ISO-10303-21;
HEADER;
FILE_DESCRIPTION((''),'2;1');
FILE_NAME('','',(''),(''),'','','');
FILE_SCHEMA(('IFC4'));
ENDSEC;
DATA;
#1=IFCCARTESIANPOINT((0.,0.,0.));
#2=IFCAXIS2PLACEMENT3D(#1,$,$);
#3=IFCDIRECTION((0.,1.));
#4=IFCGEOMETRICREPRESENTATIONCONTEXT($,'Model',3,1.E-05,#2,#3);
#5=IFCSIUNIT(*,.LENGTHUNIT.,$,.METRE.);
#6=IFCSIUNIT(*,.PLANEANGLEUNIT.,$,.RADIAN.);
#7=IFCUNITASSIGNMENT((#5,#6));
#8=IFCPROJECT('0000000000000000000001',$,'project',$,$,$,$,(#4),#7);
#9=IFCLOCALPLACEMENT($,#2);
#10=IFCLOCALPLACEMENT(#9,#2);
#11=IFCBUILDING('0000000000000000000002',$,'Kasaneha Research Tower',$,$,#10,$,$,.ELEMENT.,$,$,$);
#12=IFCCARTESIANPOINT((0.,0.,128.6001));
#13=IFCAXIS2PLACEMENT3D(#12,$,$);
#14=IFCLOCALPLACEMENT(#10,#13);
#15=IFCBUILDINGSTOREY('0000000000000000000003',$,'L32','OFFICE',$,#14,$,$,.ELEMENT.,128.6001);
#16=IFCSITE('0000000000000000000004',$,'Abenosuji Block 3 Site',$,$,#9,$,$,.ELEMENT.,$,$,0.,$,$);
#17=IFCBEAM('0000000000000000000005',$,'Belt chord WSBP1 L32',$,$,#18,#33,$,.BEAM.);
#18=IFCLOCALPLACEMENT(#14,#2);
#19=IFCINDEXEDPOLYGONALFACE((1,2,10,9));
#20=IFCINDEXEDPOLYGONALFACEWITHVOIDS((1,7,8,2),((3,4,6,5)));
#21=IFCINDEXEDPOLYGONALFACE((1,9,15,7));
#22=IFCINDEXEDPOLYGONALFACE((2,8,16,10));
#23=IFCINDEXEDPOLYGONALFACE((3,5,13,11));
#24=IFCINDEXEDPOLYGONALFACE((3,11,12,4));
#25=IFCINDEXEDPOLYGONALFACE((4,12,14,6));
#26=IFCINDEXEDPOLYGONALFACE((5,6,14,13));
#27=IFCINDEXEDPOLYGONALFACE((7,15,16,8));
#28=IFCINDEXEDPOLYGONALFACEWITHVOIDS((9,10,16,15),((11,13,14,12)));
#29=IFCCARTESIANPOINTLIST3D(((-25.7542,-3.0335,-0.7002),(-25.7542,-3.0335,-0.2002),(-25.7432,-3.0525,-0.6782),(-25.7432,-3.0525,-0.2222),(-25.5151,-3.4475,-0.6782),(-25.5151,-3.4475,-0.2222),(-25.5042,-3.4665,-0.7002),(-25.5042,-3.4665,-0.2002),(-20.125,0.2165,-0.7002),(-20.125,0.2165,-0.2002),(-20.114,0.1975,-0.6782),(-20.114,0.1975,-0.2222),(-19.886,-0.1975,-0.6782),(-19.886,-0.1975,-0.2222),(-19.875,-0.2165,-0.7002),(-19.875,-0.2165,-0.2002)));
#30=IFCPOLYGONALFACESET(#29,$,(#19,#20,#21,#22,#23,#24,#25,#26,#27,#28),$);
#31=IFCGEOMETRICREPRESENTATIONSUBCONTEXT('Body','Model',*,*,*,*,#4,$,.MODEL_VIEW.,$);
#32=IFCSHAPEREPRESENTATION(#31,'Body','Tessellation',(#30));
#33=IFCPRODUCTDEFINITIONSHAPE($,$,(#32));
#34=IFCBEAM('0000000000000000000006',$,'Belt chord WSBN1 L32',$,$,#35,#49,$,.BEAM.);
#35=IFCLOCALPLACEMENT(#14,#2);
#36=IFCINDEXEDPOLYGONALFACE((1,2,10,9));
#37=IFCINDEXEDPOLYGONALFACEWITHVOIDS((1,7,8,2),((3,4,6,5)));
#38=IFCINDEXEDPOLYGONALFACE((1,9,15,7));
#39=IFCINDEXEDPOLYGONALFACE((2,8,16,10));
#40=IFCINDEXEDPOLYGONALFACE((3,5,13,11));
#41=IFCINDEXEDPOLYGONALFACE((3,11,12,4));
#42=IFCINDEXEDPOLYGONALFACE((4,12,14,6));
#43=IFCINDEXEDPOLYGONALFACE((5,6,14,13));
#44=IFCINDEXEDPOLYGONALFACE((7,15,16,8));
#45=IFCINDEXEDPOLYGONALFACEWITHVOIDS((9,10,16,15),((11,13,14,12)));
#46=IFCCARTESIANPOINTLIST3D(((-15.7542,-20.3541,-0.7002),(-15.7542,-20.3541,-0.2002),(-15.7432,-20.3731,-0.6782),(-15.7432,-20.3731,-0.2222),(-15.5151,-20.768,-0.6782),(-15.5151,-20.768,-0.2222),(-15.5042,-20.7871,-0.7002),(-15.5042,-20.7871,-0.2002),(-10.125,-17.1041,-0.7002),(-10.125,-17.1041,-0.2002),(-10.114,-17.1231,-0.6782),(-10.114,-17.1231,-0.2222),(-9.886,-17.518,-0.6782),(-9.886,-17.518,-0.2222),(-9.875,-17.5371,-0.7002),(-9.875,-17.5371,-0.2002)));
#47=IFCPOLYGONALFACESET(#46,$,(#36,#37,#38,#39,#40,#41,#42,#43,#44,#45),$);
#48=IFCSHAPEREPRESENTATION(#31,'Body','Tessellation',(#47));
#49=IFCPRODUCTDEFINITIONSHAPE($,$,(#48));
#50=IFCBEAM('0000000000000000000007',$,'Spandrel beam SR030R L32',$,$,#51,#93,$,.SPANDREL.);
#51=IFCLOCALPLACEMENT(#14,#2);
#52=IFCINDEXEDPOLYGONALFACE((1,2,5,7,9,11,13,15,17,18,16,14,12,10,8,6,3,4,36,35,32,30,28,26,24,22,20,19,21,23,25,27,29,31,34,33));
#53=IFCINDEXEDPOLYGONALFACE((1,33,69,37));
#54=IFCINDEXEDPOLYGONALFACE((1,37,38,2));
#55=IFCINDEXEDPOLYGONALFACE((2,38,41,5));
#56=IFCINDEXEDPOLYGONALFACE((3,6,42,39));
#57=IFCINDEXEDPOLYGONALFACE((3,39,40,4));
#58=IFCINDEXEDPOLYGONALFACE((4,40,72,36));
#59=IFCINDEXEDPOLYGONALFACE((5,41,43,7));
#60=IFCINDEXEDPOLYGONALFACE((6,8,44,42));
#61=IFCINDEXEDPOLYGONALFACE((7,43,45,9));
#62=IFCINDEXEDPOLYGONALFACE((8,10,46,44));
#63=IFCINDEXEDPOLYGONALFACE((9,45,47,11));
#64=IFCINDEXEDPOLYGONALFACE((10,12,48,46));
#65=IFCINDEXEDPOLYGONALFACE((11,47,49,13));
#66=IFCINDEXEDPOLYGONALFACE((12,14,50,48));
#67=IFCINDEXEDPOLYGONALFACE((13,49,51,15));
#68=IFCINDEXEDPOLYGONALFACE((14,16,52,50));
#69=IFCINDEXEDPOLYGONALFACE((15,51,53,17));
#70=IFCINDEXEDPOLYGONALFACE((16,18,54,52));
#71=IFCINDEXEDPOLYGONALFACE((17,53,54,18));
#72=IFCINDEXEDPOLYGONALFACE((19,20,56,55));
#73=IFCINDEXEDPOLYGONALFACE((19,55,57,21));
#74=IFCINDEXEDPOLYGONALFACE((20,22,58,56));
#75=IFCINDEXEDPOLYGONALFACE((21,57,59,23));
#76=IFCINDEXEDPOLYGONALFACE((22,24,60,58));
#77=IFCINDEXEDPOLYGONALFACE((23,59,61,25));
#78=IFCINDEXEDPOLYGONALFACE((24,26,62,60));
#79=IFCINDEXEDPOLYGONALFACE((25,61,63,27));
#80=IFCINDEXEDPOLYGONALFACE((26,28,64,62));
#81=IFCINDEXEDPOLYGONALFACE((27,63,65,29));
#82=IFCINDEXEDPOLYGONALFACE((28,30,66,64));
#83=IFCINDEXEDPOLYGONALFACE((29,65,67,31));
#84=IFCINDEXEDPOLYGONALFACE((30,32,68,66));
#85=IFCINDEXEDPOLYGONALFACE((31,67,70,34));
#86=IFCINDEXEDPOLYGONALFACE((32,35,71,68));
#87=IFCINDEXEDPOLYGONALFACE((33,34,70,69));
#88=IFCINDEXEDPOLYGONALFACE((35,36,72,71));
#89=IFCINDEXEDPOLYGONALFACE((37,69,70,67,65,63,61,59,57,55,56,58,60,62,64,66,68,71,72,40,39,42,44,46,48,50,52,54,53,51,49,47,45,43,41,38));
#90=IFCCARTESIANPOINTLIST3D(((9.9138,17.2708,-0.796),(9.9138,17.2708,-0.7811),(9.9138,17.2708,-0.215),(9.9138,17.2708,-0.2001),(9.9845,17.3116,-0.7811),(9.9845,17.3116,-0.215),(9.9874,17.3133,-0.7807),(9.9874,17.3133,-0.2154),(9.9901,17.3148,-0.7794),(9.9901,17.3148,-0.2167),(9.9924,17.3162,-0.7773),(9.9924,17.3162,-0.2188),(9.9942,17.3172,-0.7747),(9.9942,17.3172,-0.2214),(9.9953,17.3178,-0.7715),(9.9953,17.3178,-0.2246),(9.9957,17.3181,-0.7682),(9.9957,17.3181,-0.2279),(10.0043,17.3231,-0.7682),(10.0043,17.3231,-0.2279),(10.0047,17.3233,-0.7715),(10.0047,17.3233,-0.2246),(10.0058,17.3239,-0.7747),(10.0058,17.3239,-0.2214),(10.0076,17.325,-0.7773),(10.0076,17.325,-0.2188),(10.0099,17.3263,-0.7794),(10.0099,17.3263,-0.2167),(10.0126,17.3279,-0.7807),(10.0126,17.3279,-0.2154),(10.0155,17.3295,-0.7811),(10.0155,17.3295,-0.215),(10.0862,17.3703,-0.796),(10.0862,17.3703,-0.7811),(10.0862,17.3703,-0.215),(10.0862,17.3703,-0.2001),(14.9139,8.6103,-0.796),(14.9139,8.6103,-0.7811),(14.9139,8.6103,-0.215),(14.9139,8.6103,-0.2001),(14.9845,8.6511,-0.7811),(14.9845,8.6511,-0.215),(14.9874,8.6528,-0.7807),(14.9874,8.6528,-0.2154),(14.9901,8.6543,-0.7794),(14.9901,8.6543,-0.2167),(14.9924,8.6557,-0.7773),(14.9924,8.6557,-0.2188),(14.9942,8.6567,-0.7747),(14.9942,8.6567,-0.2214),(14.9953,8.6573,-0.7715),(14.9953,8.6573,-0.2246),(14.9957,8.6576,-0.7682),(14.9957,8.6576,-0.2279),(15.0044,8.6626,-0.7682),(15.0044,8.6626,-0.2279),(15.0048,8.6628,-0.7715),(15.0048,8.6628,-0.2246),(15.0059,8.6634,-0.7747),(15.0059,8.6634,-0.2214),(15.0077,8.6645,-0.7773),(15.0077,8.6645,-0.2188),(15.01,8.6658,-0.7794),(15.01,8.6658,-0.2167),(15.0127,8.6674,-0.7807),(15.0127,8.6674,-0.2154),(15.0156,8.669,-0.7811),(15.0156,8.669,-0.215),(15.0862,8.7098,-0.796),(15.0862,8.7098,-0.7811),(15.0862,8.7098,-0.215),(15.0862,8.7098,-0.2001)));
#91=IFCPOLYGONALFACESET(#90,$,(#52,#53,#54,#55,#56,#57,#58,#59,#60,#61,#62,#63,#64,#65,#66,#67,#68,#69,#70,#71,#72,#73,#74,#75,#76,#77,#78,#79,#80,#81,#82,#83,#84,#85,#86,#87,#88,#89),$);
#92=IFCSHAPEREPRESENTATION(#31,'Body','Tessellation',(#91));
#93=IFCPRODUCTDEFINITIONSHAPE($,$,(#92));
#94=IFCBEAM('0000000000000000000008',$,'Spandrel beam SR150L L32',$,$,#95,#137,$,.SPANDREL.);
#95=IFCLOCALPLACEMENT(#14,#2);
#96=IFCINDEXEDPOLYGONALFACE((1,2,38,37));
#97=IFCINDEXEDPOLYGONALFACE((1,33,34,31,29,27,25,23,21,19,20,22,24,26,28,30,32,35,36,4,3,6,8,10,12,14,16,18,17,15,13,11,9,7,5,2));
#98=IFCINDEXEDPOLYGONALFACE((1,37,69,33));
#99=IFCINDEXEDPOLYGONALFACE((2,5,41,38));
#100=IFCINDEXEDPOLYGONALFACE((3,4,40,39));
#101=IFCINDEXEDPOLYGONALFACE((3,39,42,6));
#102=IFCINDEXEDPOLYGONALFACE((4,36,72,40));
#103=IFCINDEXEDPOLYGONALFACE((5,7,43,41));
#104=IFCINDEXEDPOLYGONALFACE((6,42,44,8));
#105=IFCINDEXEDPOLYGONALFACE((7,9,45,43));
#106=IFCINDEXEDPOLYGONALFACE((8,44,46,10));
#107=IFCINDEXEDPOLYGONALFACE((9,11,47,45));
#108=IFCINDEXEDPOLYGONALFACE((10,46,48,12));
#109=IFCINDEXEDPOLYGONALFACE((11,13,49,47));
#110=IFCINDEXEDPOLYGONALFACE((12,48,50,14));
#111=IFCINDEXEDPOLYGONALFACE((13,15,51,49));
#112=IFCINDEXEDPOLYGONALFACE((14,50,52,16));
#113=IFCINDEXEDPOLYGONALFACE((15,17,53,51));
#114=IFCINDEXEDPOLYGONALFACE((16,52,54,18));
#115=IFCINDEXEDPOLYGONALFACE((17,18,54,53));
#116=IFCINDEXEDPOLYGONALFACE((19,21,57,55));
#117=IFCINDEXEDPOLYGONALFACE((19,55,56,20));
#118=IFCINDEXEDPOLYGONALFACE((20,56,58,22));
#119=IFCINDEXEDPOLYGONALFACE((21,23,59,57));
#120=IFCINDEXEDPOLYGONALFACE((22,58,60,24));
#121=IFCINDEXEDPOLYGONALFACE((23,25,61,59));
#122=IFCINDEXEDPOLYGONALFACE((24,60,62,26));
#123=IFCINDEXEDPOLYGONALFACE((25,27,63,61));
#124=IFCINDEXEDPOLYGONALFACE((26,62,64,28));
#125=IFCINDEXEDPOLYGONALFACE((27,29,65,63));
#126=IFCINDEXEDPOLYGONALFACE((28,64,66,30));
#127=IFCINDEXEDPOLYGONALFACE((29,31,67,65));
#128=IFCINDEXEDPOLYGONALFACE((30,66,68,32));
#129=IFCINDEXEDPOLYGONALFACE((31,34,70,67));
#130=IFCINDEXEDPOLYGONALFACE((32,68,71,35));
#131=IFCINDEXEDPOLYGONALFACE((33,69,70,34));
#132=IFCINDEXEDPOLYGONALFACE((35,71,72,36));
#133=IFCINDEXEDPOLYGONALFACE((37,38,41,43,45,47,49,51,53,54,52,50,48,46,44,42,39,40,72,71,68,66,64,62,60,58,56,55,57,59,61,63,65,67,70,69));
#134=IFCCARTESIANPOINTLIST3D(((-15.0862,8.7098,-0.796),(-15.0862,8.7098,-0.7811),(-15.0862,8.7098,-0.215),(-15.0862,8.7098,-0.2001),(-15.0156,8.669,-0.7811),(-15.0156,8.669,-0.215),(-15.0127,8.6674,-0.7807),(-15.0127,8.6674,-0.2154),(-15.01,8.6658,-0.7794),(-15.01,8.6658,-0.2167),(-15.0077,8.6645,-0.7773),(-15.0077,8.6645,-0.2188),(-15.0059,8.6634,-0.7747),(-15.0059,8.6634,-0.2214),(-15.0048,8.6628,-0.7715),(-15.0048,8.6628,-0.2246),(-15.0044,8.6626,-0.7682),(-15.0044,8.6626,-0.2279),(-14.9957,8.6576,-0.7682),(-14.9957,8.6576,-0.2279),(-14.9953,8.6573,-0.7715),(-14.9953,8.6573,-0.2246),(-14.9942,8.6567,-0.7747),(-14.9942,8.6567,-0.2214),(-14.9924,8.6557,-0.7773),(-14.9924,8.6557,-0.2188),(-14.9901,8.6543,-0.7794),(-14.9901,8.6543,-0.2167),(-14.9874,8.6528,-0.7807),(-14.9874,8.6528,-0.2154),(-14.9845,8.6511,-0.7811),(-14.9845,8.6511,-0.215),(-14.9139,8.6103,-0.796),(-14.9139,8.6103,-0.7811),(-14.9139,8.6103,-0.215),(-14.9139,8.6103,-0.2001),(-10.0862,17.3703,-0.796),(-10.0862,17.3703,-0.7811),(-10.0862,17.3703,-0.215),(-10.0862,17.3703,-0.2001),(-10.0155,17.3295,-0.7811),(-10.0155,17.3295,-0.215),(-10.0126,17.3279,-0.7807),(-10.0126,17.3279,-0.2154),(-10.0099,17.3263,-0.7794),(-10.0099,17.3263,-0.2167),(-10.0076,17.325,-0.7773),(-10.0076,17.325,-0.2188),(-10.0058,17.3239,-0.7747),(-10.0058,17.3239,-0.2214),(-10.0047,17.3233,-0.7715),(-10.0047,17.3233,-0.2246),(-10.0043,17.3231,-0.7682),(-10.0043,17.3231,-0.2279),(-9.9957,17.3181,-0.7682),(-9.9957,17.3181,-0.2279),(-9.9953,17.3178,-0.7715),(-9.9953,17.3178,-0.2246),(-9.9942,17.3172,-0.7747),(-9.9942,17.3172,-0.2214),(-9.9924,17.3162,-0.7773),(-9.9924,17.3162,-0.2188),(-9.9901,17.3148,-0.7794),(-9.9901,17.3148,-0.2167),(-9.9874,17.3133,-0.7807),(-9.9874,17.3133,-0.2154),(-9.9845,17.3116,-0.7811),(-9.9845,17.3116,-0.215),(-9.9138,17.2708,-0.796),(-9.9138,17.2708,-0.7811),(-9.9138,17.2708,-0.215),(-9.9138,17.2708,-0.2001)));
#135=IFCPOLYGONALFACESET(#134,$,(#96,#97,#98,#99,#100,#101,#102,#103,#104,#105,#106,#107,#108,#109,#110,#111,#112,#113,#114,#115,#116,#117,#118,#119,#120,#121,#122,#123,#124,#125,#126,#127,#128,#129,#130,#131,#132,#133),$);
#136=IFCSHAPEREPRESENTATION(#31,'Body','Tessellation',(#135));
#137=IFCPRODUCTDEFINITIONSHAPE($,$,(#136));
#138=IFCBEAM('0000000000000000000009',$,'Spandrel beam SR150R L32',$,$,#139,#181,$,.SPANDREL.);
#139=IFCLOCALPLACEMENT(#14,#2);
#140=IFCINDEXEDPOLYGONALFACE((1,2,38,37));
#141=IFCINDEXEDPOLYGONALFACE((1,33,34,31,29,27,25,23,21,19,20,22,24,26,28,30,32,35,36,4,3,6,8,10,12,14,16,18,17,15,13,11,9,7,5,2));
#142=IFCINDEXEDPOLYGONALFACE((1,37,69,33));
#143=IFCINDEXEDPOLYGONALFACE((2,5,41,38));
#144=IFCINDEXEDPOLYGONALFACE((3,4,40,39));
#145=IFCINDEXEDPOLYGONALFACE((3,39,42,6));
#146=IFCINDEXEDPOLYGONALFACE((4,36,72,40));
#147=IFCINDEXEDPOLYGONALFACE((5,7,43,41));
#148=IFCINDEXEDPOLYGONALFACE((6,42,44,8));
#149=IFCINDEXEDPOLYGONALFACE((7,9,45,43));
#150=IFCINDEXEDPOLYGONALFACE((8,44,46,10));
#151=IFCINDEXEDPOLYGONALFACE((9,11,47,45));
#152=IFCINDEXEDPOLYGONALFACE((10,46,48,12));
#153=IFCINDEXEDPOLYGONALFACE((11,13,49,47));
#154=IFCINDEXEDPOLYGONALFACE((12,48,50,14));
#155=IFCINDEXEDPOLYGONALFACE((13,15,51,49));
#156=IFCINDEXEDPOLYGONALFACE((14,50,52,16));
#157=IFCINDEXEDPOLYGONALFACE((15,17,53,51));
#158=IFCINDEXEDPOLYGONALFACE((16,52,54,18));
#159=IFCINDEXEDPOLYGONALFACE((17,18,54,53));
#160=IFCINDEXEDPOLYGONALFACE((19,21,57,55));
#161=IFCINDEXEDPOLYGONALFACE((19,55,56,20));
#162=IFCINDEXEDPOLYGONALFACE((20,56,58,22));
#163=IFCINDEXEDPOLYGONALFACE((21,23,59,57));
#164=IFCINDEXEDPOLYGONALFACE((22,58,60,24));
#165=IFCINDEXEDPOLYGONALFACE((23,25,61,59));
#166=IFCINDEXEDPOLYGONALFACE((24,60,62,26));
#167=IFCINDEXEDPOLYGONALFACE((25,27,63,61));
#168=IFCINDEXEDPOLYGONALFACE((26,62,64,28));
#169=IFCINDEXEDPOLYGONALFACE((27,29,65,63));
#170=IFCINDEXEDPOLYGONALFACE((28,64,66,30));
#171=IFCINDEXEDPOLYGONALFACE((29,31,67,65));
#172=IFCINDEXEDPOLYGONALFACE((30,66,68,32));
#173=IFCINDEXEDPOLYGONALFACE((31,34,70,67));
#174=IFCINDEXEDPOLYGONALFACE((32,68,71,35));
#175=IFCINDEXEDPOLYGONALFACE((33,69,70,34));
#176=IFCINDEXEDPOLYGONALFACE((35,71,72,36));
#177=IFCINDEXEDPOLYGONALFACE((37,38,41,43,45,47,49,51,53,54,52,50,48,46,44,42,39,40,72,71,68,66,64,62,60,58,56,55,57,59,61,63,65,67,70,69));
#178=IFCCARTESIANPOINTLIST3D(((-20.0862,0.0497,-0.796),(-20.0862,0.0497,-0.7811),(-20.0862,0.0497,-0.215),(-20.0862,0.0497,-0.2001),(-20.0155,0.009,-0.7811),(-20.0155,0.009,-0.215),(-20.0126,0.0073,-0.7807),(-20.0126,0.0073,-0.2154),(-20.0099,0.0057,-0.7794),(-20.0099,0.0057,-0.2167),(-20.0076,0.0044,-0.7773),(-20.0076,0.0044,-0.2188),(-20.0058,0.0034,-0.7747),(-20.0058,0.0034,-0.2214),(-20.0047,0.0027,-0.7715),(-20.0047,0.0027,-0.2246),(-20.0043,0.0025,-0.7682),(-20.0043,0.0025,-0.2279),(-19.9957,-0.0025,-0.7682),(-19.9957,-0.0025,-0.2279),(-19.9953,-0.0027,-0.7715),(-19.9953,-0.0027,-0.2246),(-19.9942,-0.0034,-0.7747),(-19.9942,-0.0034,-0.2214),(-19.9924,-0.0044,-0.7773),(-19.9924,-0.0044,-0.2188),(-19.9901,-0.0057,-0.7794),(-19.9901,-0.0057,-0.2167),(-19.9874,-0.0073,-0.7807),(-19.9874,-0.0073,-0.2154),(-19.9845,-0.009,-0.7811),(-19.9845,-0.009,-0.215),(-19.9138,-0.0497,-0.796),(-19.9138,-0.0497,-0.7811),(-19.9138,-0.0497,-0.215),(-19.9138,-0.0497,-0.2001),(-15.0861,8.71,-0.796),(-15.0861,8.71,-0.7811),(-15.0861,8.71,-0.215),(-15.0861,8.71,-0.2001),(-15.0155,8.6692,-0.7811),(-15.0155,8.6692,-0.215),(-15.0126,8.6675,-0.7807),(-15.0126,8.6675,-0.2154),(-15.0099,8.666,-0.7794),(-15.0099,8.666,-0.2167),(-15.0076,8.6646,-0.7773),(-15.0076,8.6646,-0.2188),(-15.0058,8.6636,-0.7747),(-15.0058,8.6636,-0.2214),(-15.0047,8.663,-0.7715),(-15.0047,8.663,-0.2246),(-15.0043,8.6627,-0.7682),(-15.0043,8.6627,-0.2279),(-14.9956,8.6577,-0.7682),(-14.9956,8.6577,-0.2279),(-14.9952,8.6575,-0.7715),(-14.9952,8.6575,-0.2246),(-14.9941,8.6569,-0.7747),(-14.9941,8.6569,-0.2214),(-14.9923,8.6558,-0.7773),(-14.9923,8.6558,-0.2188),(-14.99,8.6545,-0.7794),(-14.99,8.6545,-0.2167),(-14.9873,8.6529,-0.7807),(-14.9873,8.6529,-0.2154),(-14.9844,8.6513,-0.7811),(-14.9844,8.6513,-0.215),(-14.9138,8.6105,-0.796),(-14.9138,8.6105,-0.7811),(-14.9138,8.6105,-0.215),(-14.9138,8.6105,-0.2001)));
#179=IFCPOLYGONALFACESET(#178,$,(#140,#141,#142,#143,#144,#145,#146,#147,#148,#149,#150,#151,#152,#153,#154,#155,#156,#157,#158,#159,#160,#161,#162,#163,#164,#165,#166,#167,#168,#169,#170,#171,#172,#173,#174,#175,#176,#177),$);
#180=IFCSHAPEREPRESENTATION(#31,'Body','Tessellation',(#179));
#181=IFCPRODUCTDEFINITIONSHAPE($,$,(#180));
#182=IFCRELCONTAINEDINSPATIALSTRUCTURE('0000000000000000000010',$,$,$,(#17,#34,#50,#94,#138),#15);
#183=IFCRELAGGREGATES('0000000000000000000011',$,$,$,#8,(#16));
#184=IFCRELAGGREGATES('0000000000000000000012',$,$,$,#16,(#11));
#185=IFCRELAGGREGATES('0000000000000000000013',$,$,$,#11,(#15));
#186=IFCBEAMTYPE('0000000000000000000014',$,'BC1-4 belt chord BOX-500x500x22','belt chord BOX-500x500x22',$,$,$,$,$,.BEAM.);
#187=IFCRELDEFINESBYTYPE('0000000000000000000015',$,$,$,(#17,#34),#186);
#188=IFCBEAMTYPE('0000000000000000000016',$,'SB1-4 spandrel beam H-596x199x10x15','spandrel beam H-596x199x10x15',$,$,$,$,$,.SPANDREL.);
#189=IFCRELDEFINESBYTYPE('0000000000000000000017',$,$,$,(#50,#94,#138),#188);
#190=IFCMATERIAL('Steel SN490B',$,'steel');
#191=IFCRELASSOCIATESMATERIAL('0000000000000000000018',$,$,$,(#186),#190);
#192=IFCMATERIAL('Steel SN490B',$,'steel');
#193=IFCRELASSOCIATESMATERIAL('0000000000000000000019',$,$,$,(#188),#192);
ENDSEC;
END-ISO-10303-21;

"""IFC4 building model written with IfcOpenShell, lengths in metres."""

from ifc_helpers import new_model, si_unit, direction, frame, origin, origin_2d, place, context, subcontext, project, spatial, hollow_rectangle, i_section, extrude, material, material_profile, profile_set, type_object, element, save


model = new_model("IFC4")

# Units and contexts
model_context = context("Model", 3, precision=1e-05, world=origin(), true_north=direction((0.0, 1.0)))
body_context = subcontext(model_context, "Body", "Model", "MODEL_VIEW")
ifc_project = project(units=[si_unit("LENGTHUNIT", "METRE"), si_unit("PLANEANGLEUNIT", "RADIAN")], contexts=[model_context])

# Site, building, storey
site_placement = place(None, origin())
site = spatial("IfcSite", under=ifc_project, at=site_placement, Name="Abenosuji Block 3 Site", CompositionType="ELEMENT", RefElevation=0.0)
building_placement = place(site_placement, origin())
building = spatial("IfcBuilding", under=site, at=building_placement, Name="Kasaneha Research Tower", CompositionType="ELEMENT")
storey_placement = place(building_placement, frame((0.0, 0.0, 128.6001)))
storey = spatial("IfcBuildingStorey", under=building, at=storey_placement, Name="L32", Description="OFFICE", CompositionType="ELEMENT", Elevation=128.6001)

# Beams
ifc_material_1 = material(Name="Steel SN490B", Category="steel")
ifc_material_profile_1 = material_profile(ifc_material_1, hollow_rectangle(XDim=0.5, YDim=0.5, WallThickness=0.022, at=origin_2d()), Name="BOX-500x500x22")
ifc_profile_set_1 = profile_set([ifc_material_profile_1], Name="Steel SN490B")
beam_type_1 = type_object("IfcBeamType", Name="BC1-4 belt chord BOX-500x500x22", Description="belt chord BOX-500x500x22", PredefinedType="BEAM", material=ifc_profile_set_1)
for number, where, z_axis, x_axis, name in (
    (1, (-20.0, 0.0, -0.4502), (-0.866025, -0.500001, 0.0), (0.500001, -0.866025, 0.0), "Belt chord WSBP1 L32"),
    (2, (-10.0, -17.3206, -0.4502), (-0.866025, -0.500001, 0.0), (0.500001, -0.866025, 0.0), "Belt chord WSBN1 L32"),
):
    element("IfcBeam", number, at=place(storey_placement, frame(where, z_axis=z_axis, x_axis=x_axis)), inside=storey, type_object=beam_type_1, Name=name, PredefinedType="BEAM", context=body_context, shape_type="SweptSolid", body=[
        extrude(hollow_rectangle(XDim=0.5, YDim=0.5, WallThickness=0.022, at=origin_2d()), origin(), (0.0, 0.0, 1.0), 6.5),
    ])
ifc_material_2 = material(Name="Steel SN490B", Category="steel")
ifc_material_profile_2 = material_profile(ifc_material_2, i_section(OverallWidth=0.199, OverallDepth=0.5959, WebThickness=0.01, FlangeThickness=0.0149, FilletRadius=0.0129, at=origin_2d()), Name="H-596x199x10x15")
ifc_profile_set_2 = profile_set([ifc_material_profile_2], Name="Steel SN490B")
beam_type_2 = type_object("IfcBeamType", Name="SB1-4 spandrel beam H-596x199x10x15", Description="spandrel beam H-596x199x10x15", PredefinedType="SPANDREL", material=ifc_profile_set_2)
for number, where, z_axis, x_axis, name in (
    (3, (10.0, 17.3206, -0.498), (0.499994, -0.866029, 0.0), (0.866029, 0.499994, 0.0), "Spandrel beam SR030R L32"),
    (4, (-10.0, 17.3206, -0.498), (-0.499994, -0.866029, 0.0), (0.866029, -0.499994, 0.0), "Spandrel beam SR150L L32"),
):
    element("IfcBeam", number, at=place(storey_placement, frame(where, z_axis=z_axis, x_axis=x_axis)), inside=storey, type_object=beam_type_2, Name=name, PredefinedType="SPANDREL", context=body_context, shape_type="SweptSolid", body=[
        extrude(i_section(OverallWidth=0.199, OverallDepth=0.5959, WebThickness=0.01, FlangeThickness=0.0149, FilletRadius=0.0129, at=origin_2d()), origin(), (0.0, 0.0, 1.0), 10.0002),
    ])
for number, where, z_axis, x_axis, name in (
    (5, (-20.0, 0.0, -0.498), (0.500004, 0.866023, 0.0), (-0.866023, 0.500004, 0.0), "Spandrel beam SR150R L32"),
):
    element("IfcBeam", number, at=place(storey_placement, frame(where, z_axis=z_axis, x_axis=x_axis)), inside=storey, type_object=beam_type_2, Name=name, PredefinedType="SPANDREL", context=body_context, shape_type="SweptSolid", body=[
        extrude(i_section(OverallWidth=0.199, OverallDepth=0.5959, WebThickness=0.01, FlangeThickness=0.0149, FilletRadius=0.0129, at=origin_2d()), origin(), (0.0, 0.0, 1.0), 10.0),
    ])

save(model, "model.ifc")
